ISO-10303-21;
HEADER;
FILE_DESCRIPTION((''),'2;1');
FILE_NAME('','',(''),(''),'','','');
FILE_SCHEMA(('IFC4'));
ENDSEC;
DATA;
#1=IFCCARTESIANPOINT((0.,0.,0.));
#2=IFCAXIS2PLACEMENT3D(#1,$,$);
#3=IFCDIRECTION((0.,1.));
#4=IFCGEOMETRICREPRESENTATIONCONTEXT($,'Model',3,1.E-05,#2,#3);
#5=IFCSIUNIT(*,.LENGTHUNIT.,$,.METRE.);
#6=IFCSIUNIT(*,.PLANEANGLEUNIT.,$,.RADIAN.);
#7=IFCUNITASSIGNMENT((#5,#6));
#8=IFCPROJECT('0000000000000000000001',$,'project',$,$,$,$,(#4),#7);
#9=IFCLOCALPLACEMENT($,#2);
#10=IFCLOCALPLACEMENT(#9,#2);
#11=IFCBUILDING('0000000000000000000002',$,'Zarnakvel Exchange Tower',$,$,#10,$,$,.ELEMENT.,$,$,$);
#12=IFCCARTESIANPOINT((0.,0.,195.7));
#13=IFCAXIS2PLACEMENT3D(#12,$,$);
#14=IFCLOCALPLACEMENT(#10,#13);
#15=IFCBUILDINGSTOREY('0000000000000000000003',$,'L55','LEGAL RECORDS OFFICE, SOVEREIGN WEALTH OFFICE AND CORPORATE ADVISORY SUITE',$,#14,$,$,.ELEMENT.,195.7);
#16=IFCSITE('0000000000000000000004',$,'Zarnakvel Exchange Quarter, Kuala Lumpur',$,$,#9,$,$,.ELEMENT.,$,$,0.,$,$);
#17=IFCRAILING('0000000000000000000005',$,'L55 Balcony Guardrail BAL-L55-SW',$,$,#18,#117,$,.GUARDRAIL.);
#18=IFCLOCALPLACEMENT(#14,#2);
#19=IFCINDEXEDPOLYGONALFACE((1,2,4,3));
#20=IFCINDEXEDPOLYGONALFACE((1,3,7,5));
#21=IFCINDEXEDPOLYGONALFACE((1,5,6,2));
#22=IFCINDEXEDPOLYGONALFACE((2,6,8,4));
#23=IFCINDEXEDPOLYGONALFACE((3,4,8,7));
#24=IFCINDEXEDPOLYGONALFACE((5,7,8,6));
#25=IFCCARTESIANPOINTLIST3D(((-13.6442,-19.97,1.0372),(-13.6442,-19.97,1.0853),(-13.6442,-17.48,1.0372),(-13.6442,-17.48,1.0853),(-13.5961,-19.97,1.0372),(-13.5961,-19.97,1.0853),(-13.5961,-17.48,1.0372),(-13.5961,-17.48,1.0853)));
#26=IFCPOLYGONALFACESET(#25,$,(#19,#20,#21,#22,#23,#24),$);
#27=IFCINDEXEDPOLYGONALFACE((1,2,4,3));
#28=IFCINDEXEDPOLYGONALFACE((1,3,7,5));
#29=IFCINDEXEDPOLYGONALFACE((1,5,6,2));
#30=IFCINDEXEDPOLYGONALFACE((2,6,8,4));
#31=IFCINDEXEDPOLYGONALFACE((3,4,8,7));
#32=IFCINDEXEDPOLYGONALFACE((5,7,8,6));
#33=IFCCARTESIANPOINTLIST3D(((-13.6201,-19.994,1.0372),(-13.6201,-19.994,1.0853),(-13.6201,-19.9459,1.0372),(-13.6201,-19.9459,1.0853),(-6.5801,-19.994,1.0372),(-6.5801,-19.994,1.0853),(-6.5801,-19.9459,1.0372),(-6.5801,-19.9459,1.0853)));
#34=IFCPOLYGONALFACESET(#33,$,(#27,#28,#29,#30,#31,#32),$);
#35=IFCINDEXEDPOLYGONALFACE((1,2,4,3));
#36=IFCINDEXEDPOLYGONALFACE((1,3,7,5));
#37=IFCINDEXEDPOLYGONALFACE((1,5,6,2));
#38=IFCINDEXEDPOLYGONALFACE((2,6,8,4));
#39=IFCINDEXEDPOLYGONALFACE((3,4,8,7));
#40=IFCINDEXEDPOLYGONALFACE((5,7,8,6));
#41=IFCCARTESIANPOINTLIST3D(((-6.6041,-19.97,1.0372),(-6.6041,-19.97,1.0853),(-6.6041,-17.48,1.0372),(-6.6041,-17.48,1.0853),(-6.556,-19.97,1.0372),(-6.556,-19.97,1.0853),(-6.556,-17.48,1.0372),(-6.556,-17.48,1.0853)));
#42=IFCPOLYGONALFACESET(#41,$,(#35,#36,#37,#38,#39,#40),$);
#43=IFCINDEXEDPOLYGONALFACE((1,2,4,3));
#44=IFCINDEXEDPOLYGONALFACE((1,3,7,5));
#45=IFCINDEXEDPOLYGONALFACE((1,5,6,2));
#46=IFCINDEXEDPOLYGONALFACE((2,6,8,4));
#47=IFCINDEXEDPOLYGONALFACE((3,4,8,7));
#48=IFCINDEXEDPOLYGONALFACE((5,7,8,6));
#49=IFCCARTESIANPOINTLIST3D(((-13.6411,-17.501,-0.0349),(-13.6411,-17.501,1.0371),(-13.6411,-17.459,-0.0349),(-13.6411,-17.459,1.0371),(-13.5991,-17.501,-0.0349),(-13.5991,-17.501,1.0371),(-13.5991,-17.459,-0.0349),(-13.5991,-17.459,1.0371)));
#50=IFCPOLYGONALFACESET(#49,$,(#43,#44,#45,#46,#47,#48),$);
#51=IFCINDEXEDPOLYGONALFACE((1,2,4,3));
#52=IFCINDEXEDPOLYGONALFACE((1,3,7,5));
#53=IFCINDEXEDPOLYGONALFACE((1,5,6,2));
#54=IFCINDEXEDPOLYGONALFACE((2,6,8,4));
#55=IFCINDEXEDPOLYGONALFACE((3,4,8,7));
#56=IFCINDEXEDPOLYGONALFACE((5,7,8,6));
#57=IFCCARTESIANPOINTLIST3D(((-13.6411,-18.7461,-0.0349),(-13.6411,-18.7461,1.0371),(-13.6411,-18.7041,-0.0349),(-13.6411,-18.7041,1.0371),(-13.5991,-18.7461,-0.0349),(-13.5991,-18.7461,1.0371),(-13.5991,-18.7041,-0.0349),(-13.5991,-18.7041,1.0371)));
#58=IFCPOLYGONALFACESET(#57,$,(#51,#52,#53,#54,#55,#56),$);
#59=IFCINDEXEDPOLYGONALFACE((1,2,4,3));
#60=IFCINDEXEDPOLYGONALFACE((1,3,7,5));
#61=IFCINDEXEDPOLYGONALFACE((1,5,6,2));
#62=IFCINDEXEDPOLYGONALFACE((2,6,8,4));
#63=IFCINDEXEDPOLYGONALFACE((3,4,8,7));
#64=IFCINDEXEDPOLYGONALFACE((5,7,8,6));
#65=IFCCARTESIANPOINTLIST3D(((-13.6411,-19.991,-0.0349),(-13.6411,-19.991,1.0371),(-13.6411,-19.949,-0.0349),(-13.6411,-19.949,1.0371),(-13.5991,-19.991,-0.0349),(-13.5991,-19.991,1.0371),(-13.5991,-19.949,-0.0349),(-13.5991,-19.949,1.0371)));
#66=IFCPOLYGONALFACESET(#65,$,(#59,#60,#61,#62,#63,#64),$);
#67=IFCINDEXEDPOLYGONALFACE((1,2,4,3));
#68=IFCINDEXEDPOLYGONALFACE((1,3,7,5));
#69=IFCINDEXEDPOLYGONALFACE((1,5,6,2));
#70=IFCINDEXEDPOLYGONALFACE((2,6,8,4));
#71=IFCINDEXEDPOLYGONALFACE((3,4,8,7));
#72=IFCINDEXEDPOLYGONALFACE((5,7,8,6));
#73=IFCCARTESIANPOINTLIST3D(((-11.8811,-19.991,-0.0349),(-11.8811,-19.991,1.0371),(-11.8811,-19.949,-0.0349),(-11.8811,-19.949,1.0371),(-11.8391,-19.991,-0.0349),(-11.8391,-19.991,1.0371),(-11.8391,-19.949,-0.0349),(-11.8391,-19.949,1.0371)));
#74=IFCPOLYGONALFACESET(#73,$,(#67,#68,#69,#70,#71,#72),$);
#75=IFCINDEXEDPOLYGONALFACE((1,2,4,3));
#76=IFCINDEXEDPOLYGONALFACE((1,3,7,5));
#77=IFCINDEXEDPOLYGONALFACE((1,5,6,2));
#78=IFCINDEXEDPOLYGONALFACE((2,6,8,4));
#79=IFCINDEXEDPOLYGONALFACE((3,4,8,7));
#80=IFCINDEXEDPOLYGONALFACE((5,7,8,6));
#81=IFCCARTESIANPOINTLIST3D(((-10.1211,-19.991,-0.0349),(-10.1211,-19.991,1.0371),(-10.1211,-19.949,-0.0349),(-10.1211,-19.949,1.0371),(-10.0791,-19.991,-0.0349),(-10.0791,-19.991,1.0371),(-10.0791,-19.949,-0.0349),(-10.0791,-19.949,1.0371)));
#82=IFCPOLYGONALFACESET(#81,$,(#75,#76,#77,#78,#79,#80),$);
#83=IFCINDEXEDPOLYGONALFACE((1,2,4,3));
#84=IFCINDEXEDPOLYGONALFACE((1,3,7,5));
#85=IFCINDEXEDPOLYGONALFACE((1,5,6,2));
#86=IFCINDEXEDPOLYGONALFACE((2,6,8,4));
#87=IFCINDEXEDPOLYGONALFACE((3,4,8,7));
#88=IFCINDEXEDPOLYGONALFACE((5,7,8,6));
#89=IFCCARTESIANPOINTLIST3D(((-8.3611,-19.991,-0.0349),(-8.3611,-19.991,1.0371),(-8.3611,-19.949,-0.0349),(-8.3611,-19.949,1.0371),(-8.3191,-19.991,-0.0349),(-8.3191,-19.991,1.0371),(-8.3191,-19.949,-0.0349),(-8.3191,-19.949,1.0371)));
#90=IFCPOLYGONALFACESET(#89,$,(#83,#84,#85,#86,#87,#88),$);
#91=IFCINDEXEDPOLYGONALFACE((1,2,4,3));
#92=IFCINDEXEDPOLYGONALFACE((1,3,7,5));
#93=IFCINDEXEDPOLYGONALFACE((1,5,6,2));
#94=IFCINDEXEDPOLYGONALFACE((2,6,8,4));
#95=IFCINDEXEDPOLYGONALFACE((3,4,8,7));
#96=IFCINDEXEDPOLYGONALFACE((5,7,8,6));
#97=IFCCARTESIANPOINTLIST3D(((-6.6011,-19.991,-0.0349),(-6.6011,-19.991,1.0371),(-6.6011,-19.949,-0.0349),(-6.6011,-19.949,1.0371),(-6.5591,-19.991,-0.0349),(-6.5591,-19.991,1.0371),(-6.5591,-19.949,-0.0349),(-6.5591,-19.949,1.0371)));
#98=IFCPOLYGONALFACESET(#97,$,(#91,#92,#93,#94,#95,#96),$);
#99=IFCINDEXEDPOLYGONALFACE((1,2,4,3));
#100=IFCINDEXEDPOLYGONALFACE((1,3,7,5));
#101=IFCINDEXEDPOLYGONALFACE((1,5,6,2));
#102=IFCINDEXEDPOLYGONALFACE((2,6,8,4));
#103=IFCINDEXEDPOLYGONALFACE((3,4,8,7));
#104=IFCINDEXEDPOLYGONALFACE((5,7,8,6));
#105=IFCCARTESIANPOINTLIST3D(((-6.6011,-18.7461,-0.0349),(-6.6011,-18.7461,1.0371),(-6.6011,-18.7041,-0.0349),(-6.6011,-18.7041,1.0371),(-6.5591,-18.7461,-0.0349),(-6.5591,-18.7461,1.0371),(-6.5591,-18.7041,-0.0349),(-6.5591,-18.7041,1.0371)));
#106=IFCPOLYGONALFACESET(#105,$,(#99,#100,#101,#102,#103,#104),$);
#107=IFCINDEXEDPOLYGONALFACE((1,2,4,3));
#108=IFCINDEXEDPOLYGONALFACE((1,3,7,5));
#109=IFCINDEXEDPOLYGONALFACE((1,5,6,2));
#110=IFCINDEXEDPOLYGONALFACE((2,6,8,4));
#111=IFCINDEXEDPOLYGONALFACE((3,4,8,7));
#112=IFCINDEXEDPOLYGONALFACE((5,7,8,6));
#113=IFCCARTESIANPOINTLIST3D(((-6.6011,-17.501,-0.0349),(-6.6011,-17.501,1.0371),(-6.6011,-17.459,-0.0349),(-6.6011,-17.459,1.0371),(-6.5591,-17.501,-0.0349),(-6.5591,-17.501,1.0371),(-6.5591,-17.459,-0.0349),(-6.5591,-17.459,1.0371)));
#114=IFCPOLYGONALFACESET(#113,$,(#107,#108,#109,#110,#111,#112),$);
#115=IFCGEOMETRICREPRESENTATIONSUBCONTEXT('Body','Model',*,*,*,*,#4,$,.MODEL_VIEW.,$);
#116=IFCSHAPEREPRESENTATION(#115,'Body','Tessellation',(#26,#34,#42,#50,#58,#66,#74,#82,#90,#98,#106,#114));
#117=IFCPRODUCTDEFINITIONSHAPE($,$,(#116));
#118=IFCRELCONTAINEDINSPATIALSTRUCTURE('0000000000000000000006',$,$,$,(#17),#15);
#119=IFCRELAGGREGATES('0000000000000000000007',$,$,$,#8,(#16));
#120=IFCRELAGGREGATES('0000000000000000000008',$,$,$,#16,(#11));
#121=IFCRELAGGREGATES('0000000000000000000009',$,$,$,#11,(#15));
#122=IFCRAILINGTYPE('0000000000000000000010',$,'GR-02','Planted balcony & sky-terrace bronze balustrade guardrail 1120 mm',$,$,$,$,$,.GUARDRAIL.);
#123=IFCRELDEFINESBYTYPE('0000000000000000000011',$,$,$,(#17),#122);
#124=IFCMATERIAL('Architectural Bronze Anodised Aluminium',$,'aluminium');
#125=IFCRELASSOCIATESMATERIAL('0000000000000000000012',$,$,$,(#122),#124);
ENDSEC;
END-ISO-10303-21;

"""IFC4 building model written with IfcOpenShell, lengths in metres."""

from ifc_helpers import new_model, si_unit, direction, frame, origin, origin_2d, place, context, subcontext, project, spatial, rectangle, extrude, material, type_object, element, save


model = new_model("IFC4")

# Units and contexts
model_context = context("Model", 3, precision=1e-05, world=origin(), true_north=direction((0.0, 1.0)))
body_context = subcontext(model_context, "Body", "Model", "MODEL_VIEW")
ifc_project = project(units=[si_unit("LENGTHUNIT", "METRE"), si_unit("PLANEANGLEUNIT", "RADIAN")], contexts=[model_context])

# Site, building, storey
site_placement = place(None, origin())
site = spatial("IfcSite", under=ifc_project, at=site_placement, Name="Zarnakvel Exchange Quarter, Kuala Lumpur", CompositionType="ELEMENT", RefElevation=0.0)
building_placement = place(site_placement, origin())
building = spatial("IfcBuilding", under=site, at=building_placement, Name="Zarnakvel Exchange Tower", CompositionType="ELEMENT")
storey_placement = place(building_placement, frame((0.0, 0.0, 195.7)))
storey = spatial("IfcBuildingStorey", under=building, at=storey_placement, Name="L55", Description="LEGAL RECORDS OFFICE, SOVEREIGN WEALTH OFFICE AND CORPORATE ADVISORY SUITE", CompositionType="ELEMENT", Elevation=195.7)

# Shared definitions
ifc_material_1 = material(Name="Architectural Bronze Anodised Aluminium", Category="aluminium")

# Railing
railing_type = type_object("IfcRailingType", Name="GR-02", Description="Planted balcony & sky-terrace bronze balustrade guardrail 1120 mm", PredefinedType="GUARDRAIL", material=ifc_material_1)
railing_placement = place(storey_placement, frame((-13.6201, -17.48, -0.0349)))
element("IfcRailing", 1, at=railing_placement, inside=storey, type_object=railing_type, Name="L55 Balcony Guardrail BAL-L55-SW", PredefinedType="GUARDRAIL", context=body_context, shape_type="SweptSolid", body=[
    extrude(rectangle(XDim=0.0481, YDim=0.0481, at=origin_2d()), frame((0.0, 0.0, 1.0962), z_axis=(0.0, -1.0, 0.0), x_axis=(1.0, 0.0, 0.0)), (0.0, 0.0, 1.0), 2.49),
    extrude(rectangle(XDim=0.0481, YDim=0.0481, at=origin_2d()), frame((0.0, -2.49, 1.0962), z_axis=(1.0, 0.0, 0.0), x_axis=(0.0, 1.0, 0.0)), (0.0, 0.0, 1.0), 7.04),
    extrude(rectangle(XDim=0.0481, YDim=0.0481, at=origin_2d()), frame((7.04, -2.49, 1.0962), z_axis=(0.0, 1.0, 0.0), x_axis=(-1.0, 0.0, 0.0)), (0.0, 0.0, 1.0), 2.49),
    extrude(rectangle(XDim=0.042, YDim=0.042, at=origin_2d()), origin(), (0.0, 0.0, 1.0), 1.072),
    extrude(rectangle(XDim=0.042, YDim=0.042, at=origin_2d()), frame((0.0, -1.2451, 0.0)), (0.0, 0.0, 1.0), 1.072),
    extrude(rectangle(XDim=0.042, YDim=0.042, at=origin_2d()), frame((0.0, -2.49, 0.0)), (0.0, 0.0, 1.0), 1.072),
    extrude(rectangle(XDim=0.042, YDim=0.042, at=origin_2d()), frame((1.76, -2.49, 0.0)), (0.0, 0.0, 1.0), 1.072),
    extrude(rectangle(XDim=0.042, YDim=0.042, at=origin_2d()), frame((3.52, -2.49, 0.0)), (0.0, 0.0, 1.0), 1.072),
    extrude(rectangle(XDim=0.042, YDim=0.042, at=origin_2d()), frame((5.28, -2.49, 0.0)), (0.0, 0.0, 1.0), 1.072),
    extrude(rectangle(XDim=0.042, YDim=0.042, at=origin_2d()), frame((7.04, -2.49, 0.0)), (0.0, 0.0, 1.0), 1.072),
    extrude(rectangle(XDim=0.042, YDim=0.042, at=origin_2d()), frame((7.04, -1.2451, 0.0)), (0.0, 0.0, 1.0), 1.072),
    extrude(rectangle(XDim=0.042, YDim=0.042, at=origin_2d()), frame((7.04, 0.0, 0.0)), (0.0, 0.0, 1.0), 1.072),
])

save(model, "model.ifc")
